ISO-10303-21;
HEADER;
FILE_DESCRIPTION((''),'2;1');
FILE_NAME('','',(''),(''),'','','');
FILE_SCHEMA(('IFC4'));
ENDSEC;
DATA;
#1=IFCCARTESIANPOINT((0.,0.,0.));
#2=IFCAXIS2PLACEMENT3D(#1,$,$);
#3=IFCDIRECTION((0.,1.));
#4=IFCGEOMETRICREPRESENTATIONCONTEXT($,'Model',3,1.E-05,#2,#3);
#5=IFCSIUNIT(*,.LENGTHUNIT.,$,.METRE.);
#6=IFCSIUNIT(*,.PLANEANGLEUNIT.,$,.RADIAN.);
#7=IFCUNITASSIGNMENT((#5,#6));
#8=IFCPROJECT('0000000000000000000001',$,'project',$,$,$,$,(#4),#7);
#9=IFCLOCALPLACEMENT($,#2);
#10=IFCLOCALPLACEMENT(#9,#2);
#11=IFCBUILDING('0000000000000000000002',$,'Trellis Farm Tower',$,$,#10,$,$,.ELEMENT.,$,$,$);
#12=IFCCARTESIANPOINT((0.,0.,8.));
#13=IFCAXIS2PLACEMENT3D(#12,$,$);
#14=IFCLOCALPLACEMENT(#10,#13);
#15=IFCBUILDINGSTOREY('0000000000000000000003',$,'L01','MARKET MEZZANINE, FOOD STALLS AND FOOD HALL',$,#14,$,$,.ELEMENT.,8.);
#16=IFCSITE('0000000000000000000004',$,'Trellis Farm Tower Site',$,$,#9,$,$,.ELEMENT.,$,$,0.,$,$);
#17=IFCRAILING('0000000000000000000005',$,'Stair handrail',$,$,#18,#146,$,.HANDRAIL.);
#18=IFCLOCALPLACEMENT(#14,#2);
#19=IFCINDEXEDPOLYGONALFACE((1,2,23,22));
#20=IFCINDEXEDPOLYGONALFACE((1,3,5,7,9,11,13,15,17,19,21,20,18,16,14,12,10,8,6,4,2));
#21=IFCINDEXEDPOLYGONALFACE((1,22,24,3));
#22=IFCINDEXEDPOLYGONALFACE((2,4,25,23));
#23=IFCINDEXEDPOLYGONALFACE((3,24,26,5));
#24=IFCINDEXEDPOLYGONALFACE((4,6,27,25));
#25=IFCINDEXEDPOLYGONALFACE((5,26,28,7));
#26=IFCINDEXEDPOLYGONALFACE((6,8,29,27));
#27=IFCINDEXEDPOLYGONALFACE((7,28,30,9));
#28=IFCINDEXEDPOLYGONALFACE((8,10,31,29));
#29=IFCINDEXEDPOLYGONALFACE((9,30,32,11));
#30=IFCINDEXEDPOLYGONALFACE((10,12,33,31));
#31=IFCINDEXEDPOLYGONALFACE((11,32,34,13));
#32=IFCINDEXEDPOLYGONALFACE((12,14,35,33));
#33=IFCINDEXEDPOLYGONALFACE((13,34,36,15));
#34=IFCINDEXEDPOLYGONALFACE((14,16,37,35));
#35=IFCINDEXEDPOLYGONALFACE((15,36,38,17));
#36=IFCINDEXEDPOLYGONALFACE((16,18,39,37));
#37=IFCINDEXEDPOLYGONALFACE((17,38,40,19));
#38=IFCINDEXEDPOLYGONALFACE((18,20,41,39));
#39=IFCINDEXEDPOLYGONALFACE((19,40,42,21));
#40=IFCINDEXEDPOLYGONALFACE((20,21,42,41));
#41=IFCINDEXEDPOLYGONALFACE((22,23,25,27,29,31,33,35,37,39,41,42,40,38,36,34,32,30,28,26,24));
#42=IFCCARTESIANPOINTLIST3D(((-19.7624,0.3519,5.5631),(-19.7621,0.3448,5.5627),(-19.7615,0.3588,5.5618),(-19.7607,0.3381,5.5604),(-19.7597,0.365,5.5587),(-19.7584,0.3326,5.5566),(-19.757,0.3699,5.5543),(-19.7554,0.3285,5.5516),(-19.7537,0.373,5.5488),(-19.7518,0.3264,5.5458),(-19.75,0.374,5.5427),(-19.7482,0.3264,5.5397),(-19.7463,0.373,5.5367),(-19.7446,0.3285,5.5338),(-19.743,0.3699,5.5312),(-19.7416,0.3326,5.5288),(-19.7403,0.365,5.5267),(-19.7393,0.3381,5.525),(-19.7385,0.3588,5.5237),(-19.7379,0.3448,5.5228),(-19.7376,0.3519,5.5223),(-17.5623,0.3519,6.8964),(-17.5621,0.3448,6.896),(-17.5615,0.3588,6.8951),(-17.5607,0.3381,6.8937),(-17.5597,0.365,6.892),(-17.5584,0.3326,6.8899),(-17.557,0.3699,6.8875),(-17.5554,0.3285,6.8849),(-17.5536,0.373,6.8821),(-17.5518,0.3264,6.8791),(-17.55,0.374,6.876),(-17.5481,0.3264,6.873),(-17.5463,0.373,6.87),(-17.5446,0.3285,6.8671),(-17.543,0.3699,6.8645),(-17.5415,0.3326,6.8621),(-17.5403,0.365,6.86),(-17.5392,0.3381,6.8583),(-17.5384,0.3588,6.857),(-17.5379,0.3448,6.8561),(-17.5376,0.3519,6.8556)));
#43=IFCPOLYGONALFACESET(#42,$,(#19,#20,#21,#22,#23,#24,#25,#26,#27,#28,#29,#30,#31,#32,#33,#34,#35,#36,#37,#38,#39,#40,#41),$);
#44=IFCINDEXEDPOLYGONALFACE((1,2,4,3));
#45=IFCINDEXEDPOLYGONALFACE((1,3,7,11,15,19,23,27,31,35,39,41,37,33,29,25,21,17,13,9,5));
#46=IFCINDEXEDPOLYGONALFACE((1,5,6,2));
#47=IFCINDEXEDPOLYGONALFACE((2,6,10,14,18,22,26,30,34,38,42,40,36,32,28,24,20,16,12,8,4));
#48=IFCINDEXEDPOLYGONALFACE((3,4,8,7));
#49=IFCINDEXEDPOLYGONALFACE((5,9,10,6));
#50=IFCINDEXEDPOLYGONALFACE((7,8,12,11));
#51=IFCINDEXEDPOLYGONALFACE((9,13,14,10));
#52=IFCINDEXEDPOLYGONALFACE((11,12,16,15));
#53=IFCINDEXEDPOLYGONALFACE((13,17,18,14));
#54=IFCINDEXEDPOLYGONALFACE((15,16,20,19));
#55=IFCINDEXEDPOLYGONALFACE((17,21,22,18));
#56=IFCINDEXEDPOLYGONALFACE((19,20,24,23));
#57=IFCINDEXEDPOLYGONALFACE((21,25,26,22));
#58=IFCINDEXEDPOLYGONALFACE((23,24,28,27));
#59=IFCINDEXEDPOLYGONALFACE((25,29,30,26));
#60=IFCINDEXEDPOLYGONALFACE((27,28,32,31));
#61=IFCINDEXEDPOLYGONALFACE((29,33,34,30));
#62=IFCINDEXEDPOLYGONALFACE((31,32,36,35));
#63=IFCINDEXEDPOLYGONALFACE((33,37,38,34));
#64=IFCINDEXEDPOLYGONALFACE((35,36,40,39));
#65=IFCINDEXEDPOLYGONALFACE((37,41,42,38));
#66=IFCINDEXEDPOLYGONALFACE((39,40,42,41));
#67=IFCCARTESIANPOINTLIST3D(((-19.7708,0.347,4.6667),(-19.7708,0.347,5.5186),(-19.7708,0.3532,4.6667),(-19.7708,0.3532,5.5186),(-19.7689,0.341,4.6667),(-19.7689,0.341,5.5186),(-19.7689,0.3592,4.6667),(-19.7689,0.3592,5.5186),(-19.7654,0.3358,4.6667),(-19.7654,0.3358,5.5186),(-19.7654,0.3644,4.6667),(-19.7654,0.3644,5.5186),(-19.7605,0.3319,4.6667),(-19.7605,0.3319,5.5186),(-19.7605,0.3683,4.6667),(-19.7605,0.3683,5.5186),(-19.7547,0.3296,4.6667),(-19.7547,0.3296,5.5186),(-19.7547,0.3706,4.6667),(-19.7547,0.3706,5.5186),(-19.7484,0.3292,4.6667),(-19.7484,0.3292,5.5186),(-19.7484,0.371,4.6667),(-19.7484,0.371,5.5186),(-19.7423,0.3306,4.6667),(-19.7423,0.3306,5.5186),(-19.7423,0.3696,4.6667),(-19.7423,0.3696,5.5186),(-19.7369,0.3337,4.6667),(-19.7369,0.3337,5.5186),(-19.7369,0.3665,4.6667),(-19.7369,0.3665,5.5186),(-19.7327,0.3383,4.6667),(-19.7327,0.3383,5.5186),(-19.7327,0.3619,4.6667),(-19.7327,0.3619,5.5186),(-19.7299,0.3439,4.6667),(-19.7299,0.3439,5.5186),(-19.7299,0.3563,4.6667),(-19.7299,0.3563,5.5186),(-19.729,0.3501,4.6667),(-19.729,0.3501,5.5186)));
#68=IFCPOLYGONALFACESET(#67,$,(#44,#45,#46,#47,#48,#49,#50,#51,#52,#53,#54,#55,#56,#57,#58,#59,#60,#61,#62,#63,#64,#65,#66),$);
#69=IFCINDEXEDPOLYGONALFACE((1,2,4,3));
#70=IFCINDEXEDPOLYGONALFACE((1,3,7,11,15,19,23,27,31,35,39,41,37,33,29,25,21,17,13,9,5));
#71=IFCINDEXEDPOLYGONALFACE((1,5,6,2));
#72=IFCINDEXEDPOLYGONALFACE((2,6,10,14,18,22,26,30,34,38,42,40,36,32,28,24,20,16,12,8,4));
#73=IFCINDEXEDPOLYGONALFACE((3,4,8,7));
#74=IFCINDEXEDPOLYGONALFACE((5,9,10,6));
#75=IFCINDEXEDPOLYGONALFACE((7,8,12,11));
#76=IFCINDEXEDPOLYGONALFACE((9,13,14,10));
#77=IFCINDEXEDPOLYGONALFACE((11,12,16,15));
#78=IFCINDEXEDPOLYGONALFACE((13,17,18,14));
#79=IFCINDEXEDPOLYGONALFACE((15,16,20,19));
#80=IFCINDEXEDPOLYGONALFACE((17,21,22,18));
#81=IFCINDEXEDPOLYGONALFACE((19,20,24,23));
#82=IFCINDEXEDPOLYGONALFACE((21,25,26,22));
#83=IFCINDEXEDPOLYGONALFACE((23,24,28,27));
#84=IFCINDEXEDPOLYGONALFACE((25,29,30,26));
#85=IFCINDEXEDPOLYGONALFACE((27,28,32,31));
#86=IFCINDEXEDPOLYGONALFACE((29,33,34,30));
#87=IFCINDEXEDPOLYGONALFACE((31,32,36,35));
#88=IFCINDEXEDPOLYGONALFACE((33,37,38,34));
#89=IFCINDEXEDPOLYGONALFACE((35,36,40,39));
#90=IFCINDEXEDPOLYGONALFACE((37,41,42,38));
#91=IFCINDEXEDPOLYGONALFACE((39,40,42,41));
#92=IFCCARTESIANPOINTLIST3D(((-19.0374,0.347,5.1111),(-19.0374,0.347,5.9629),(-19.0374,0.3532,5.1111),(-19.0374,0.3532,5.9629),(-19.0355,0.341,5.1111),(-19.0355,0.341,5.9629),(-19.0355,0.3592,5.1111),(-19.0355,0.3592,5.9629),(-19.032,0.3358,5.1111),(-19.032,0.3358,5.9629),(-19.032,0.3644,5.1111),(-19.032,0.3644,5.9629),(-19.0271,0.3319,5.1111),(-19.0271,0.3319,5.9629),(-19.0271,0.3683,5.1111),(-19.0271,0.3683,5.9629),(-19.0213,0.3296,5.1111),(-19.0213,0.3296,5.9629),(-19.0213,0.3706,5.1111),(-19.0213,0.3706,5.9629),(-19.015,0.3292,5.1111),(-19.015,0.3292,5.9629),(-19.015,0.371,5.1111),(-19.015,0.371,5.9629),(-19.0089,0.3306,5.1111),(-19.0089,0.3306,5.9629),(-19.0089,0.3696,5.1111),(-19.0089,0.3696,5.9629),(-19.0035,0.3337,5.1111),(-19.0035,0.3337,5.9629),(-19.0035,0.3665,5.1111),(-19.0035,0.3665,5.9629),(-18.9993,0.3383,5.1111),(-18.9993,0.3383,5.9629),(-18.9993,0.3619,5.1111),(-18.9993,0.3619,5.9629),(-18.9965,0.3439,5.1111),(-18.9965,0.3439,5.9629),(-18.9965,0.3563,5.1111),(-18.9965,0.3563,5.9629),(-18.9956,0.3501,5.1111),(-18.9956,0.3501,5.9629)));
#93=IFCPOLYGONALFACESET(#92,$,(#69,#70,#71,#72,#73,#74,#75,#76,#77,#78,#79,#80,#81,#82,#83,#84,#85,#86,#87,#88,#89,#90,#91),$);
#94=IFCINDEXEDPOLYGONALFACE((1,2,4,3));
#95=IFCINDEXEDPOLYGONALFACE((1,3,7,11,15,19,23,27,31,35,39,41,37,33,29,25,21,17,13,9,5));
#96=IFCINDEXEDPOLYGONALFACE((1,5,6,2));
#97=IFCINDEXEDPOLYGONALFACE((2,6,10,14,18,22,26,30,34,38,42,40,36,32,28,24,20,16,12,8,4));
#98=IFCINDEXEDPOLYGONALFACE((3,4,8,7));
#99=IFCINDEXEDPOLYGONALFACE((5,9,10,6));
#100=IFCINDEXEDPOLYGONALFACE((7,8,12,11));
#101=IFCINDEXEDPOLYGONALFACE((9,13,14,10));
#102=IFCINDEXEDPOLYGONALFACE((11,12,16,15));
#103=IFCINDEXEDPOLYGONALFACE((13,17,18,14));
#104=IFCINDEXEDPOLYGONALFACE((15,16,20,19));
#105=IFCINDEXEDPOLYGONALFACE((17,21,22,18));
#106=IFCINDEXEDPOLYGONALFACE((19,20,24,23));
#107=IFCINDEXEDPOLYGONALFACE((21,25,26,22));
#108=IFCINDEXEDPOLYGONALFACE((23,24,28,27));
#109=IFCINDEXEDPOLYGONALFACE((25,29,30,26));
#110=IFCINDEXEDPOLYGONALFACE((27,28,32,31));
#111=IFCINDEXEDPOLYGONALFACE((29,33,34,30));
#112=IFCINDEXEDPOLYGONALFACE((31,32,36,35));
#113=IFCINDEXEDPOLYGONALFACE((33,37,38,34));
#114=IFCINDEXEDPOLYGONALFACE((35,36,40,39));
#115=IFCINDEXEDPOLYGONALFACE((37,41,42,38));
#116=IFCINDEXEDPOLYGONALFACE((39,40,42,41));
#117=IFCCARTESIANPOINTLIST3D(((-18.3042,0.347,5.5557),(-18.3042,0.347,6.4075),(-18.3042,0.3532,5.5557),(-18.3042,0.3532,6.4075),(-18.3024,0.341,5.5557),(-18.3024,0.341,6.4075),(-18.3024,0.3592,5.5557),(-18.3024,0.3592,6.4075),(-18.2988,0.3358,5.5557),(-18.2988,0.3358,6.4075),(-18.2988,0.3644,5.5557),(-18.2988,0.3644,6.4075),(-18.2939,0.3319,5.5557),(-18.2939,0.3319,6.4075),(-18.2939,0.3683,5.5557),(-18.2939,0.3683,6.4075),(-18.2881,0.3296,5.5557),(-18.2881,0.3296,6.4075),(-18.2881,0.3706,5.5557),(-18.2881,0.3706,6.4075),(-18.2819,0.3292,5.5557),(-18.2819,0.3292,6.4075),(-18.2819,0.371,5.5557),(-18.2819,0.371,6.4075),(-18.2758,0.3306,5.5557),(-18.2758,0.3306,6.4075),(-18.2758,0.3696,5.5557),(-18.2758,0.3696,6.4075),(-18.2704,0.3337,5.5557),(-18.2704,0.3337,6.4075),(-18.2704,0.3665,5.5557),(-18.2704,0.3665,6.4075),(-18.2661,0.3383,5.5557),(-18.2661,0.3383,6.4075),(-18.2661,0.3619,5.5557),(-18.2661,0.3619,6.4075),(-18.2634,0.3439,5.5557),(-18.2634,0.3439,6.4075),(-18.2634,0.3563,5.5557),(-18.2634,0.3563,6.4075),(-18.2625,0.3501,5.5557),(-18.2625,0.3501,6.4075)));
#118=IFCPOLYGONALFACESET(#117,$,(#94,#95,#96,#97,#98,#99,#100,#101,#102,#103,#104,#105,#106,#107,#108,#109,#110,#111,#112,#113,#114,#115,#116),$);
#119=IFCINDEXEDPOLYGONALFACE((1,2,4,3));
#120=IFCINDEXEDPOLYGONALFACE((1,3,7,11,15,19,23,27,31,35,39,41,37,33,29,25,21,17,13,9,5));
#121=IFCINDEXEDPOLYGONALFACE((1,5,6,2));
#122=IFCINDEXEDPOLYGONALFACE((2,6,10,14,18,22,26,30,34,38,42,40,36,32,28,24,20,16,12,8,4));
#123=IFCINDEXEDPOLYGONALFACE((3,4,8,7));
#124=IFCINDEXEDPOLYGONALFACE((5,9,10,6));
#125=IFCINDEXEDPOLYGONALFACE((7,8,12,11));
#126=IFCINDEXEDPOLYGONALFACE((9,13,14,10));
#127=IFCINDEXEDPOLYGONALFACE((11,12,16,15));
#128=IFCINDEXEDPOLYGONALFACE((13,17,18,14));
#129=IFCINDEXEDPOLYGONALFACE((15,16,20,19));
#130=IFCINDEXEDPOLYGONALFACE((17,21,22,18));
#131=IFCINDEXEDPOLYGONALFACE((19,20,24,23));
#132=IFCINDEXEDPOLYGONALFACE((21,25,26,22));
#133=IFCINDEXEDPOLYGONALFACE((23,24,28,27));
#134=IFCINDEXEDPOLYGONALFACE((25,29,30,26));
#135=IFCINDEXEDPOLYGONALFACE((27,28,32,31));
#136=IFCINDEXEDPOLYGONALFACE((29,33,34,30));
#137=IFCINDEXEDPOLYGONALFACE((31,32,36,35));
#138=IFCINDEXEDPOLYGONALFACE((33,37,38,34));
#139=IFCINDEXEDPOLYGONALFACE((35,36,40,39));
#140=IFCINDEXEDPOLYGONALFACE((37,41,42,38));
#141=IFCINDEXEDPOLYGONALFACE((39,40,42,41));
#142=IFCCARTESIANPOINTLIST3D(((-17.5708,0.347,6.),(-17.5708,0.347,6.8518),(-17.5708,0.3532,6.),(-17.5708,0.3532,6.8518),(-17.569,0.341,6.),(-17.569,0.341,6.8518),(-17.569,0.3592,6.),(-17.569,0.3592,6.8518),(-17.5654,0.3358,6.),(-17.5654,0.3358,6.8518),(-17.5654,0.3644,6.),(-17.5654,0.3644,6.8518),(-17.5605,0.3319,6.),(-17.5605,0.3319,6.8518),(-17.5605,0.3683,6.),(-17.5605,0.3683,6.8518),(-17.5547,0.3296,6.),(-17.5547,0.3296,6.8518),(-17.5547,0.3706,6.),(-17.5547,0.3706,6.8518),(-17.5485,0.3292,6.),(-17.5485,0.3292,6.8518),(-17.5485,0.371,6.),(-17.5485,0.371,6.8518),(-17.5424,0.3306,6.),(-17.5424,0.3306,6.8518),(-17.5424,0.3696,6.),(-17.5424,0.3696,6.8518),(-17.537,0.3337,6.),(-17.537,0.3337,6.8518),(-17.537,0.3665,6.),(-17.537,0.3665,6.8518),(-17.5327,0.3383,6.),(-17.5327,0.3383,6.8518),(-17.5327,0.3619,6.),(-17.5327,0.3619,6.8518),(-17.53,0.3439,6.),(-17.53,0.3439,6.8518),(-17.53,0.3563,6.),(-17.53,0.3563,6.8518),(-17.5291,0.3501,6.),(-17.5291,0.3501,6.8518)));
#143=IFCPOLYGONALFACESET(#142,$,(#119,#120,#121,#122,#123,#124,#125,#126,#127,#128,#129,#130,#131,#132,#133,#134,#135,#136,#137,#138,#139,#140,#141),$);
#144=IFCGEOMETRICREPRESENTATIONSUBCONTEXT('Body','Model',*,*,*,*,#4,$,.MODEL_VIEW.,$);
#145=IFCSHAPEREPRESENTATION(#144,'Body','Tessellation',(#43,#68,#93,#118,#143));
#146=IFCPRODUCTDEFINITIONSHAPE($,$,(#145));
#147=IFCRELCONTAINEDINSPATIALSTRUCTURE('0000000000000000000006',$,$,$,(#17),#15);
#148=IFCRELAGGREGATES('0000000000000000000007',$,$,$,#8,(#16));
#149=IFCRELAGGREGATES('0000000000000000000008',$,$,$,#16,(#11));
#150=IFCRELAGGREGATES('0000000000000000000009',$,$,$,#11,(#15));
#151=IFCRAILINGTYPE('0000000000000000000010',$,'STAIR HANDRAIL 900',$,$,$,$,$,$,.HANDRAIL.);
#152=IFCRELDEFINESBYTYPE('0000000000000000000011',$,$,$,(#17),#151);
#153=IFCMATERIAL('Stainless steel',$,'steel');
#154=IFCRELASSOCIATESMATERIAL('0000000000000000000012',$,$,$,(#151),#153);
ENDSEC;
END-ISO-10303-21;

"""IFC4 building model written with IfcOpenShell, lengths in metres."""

from ifc_helpers import new_model, si_unit, direction, frame, origin, origin_2d, place, context, subcontext, project, spatial, circle, extrude, source, transform, mapped, material, type_object, element, save


model = new_model("IFC4")

# Units and contexts
model_context = context("Model", 3, precision=1e-05, world=origin(), true_north=direction((0.0, 1.0)))
body_context = subcontext(model_context, "Body", "Model", "MODEL_VIEW")
ifc_project = project(units=[si_unit("LENGTHUNIT", "METRE"), si_unit("PLANEANGLEUNIT", "RADIAN")], contexts=[model_context])

# Site, building, storey
site_placement = place(None, origin())
site = spatial("IfcSite", under=ifc_project, at=site_placement, Name="Trellis Farm Tower Site", CompositionType="ELEMENT", RefElevation=0.0)
building_placement = place(site_placement, origin())
building = spatial("IfcBuilding", under=site, at=building_placement, Name="Trellis Farm Tower", CompositionType="ELEMENT")
storey_placement = place(building_placement, frame((0.0, 0.0, 8.0)))
storey = spatial("IfcBuildingStorey", under=building, at=storey_placement, Name="L01", Description="MARKET MEZZANINE, FOOD STALLS AND FOOD HALL", CompositionType="ELEMENT", Elevation=8.0)

# Railing
ifc_material_1 = material(Name="Stainless steel", Category="steel")
railing_type = type_object("IfcRailingType", Name="STAIR HANDRAIL 900", PredefinedType="HANDRAIL", material=ifc_material_1)
shared_shape_1 = source(origin(), body_context, "Body", "SweptSolid", [
    extrude(circle(Radius=0.0239, at=origin_2d()), frame((0.0, 0.0, 0.876), z_axis=(0.855207, 0.0, 0.518287), x_axis=(0.0, 1.0, 0.0)), (0.0, 0.0, 1.0), 2.5725),
    extrude(circle(Radius=0.021, at=origin_2d()), origin(), (0.0, 0.0, 1.0), 0.8518),
    extrude(circle(Radius=0.021, at=origin_2d()), frame((0.7334, 0.0, 0.4443)), (0.0, 0.0, 1.0), 0.8518),
    extrude(circle(Radius=0.021, at=origin_2d()), frame((1.4666, 0.0, 0.8889)), (0.0, 0.0, 1.0), 0.8518),
    extrude(circle(Radius=0.021, at=origin_2d()), frame((2.2, 0.0, 1.3333)), (0.0, 0.0, 1.0), 0.8518),
])
for number, where, name in (
    (1, (-19.75, 0.3501, 4.6667), "Stair handrail"),
):
    element("IfcRailing", number, at=place(storey_placement, frame(where)), inside=storey, type_object=railing_type, Name=name, PredefinedType="HANDRAIL", context=body_context, shape_type="MappedRepresentation", body=[
        mapped(shared_shape_1, transform((0.0, 0.0, 0.0))),
    ])

save(model, "model.ifc")
